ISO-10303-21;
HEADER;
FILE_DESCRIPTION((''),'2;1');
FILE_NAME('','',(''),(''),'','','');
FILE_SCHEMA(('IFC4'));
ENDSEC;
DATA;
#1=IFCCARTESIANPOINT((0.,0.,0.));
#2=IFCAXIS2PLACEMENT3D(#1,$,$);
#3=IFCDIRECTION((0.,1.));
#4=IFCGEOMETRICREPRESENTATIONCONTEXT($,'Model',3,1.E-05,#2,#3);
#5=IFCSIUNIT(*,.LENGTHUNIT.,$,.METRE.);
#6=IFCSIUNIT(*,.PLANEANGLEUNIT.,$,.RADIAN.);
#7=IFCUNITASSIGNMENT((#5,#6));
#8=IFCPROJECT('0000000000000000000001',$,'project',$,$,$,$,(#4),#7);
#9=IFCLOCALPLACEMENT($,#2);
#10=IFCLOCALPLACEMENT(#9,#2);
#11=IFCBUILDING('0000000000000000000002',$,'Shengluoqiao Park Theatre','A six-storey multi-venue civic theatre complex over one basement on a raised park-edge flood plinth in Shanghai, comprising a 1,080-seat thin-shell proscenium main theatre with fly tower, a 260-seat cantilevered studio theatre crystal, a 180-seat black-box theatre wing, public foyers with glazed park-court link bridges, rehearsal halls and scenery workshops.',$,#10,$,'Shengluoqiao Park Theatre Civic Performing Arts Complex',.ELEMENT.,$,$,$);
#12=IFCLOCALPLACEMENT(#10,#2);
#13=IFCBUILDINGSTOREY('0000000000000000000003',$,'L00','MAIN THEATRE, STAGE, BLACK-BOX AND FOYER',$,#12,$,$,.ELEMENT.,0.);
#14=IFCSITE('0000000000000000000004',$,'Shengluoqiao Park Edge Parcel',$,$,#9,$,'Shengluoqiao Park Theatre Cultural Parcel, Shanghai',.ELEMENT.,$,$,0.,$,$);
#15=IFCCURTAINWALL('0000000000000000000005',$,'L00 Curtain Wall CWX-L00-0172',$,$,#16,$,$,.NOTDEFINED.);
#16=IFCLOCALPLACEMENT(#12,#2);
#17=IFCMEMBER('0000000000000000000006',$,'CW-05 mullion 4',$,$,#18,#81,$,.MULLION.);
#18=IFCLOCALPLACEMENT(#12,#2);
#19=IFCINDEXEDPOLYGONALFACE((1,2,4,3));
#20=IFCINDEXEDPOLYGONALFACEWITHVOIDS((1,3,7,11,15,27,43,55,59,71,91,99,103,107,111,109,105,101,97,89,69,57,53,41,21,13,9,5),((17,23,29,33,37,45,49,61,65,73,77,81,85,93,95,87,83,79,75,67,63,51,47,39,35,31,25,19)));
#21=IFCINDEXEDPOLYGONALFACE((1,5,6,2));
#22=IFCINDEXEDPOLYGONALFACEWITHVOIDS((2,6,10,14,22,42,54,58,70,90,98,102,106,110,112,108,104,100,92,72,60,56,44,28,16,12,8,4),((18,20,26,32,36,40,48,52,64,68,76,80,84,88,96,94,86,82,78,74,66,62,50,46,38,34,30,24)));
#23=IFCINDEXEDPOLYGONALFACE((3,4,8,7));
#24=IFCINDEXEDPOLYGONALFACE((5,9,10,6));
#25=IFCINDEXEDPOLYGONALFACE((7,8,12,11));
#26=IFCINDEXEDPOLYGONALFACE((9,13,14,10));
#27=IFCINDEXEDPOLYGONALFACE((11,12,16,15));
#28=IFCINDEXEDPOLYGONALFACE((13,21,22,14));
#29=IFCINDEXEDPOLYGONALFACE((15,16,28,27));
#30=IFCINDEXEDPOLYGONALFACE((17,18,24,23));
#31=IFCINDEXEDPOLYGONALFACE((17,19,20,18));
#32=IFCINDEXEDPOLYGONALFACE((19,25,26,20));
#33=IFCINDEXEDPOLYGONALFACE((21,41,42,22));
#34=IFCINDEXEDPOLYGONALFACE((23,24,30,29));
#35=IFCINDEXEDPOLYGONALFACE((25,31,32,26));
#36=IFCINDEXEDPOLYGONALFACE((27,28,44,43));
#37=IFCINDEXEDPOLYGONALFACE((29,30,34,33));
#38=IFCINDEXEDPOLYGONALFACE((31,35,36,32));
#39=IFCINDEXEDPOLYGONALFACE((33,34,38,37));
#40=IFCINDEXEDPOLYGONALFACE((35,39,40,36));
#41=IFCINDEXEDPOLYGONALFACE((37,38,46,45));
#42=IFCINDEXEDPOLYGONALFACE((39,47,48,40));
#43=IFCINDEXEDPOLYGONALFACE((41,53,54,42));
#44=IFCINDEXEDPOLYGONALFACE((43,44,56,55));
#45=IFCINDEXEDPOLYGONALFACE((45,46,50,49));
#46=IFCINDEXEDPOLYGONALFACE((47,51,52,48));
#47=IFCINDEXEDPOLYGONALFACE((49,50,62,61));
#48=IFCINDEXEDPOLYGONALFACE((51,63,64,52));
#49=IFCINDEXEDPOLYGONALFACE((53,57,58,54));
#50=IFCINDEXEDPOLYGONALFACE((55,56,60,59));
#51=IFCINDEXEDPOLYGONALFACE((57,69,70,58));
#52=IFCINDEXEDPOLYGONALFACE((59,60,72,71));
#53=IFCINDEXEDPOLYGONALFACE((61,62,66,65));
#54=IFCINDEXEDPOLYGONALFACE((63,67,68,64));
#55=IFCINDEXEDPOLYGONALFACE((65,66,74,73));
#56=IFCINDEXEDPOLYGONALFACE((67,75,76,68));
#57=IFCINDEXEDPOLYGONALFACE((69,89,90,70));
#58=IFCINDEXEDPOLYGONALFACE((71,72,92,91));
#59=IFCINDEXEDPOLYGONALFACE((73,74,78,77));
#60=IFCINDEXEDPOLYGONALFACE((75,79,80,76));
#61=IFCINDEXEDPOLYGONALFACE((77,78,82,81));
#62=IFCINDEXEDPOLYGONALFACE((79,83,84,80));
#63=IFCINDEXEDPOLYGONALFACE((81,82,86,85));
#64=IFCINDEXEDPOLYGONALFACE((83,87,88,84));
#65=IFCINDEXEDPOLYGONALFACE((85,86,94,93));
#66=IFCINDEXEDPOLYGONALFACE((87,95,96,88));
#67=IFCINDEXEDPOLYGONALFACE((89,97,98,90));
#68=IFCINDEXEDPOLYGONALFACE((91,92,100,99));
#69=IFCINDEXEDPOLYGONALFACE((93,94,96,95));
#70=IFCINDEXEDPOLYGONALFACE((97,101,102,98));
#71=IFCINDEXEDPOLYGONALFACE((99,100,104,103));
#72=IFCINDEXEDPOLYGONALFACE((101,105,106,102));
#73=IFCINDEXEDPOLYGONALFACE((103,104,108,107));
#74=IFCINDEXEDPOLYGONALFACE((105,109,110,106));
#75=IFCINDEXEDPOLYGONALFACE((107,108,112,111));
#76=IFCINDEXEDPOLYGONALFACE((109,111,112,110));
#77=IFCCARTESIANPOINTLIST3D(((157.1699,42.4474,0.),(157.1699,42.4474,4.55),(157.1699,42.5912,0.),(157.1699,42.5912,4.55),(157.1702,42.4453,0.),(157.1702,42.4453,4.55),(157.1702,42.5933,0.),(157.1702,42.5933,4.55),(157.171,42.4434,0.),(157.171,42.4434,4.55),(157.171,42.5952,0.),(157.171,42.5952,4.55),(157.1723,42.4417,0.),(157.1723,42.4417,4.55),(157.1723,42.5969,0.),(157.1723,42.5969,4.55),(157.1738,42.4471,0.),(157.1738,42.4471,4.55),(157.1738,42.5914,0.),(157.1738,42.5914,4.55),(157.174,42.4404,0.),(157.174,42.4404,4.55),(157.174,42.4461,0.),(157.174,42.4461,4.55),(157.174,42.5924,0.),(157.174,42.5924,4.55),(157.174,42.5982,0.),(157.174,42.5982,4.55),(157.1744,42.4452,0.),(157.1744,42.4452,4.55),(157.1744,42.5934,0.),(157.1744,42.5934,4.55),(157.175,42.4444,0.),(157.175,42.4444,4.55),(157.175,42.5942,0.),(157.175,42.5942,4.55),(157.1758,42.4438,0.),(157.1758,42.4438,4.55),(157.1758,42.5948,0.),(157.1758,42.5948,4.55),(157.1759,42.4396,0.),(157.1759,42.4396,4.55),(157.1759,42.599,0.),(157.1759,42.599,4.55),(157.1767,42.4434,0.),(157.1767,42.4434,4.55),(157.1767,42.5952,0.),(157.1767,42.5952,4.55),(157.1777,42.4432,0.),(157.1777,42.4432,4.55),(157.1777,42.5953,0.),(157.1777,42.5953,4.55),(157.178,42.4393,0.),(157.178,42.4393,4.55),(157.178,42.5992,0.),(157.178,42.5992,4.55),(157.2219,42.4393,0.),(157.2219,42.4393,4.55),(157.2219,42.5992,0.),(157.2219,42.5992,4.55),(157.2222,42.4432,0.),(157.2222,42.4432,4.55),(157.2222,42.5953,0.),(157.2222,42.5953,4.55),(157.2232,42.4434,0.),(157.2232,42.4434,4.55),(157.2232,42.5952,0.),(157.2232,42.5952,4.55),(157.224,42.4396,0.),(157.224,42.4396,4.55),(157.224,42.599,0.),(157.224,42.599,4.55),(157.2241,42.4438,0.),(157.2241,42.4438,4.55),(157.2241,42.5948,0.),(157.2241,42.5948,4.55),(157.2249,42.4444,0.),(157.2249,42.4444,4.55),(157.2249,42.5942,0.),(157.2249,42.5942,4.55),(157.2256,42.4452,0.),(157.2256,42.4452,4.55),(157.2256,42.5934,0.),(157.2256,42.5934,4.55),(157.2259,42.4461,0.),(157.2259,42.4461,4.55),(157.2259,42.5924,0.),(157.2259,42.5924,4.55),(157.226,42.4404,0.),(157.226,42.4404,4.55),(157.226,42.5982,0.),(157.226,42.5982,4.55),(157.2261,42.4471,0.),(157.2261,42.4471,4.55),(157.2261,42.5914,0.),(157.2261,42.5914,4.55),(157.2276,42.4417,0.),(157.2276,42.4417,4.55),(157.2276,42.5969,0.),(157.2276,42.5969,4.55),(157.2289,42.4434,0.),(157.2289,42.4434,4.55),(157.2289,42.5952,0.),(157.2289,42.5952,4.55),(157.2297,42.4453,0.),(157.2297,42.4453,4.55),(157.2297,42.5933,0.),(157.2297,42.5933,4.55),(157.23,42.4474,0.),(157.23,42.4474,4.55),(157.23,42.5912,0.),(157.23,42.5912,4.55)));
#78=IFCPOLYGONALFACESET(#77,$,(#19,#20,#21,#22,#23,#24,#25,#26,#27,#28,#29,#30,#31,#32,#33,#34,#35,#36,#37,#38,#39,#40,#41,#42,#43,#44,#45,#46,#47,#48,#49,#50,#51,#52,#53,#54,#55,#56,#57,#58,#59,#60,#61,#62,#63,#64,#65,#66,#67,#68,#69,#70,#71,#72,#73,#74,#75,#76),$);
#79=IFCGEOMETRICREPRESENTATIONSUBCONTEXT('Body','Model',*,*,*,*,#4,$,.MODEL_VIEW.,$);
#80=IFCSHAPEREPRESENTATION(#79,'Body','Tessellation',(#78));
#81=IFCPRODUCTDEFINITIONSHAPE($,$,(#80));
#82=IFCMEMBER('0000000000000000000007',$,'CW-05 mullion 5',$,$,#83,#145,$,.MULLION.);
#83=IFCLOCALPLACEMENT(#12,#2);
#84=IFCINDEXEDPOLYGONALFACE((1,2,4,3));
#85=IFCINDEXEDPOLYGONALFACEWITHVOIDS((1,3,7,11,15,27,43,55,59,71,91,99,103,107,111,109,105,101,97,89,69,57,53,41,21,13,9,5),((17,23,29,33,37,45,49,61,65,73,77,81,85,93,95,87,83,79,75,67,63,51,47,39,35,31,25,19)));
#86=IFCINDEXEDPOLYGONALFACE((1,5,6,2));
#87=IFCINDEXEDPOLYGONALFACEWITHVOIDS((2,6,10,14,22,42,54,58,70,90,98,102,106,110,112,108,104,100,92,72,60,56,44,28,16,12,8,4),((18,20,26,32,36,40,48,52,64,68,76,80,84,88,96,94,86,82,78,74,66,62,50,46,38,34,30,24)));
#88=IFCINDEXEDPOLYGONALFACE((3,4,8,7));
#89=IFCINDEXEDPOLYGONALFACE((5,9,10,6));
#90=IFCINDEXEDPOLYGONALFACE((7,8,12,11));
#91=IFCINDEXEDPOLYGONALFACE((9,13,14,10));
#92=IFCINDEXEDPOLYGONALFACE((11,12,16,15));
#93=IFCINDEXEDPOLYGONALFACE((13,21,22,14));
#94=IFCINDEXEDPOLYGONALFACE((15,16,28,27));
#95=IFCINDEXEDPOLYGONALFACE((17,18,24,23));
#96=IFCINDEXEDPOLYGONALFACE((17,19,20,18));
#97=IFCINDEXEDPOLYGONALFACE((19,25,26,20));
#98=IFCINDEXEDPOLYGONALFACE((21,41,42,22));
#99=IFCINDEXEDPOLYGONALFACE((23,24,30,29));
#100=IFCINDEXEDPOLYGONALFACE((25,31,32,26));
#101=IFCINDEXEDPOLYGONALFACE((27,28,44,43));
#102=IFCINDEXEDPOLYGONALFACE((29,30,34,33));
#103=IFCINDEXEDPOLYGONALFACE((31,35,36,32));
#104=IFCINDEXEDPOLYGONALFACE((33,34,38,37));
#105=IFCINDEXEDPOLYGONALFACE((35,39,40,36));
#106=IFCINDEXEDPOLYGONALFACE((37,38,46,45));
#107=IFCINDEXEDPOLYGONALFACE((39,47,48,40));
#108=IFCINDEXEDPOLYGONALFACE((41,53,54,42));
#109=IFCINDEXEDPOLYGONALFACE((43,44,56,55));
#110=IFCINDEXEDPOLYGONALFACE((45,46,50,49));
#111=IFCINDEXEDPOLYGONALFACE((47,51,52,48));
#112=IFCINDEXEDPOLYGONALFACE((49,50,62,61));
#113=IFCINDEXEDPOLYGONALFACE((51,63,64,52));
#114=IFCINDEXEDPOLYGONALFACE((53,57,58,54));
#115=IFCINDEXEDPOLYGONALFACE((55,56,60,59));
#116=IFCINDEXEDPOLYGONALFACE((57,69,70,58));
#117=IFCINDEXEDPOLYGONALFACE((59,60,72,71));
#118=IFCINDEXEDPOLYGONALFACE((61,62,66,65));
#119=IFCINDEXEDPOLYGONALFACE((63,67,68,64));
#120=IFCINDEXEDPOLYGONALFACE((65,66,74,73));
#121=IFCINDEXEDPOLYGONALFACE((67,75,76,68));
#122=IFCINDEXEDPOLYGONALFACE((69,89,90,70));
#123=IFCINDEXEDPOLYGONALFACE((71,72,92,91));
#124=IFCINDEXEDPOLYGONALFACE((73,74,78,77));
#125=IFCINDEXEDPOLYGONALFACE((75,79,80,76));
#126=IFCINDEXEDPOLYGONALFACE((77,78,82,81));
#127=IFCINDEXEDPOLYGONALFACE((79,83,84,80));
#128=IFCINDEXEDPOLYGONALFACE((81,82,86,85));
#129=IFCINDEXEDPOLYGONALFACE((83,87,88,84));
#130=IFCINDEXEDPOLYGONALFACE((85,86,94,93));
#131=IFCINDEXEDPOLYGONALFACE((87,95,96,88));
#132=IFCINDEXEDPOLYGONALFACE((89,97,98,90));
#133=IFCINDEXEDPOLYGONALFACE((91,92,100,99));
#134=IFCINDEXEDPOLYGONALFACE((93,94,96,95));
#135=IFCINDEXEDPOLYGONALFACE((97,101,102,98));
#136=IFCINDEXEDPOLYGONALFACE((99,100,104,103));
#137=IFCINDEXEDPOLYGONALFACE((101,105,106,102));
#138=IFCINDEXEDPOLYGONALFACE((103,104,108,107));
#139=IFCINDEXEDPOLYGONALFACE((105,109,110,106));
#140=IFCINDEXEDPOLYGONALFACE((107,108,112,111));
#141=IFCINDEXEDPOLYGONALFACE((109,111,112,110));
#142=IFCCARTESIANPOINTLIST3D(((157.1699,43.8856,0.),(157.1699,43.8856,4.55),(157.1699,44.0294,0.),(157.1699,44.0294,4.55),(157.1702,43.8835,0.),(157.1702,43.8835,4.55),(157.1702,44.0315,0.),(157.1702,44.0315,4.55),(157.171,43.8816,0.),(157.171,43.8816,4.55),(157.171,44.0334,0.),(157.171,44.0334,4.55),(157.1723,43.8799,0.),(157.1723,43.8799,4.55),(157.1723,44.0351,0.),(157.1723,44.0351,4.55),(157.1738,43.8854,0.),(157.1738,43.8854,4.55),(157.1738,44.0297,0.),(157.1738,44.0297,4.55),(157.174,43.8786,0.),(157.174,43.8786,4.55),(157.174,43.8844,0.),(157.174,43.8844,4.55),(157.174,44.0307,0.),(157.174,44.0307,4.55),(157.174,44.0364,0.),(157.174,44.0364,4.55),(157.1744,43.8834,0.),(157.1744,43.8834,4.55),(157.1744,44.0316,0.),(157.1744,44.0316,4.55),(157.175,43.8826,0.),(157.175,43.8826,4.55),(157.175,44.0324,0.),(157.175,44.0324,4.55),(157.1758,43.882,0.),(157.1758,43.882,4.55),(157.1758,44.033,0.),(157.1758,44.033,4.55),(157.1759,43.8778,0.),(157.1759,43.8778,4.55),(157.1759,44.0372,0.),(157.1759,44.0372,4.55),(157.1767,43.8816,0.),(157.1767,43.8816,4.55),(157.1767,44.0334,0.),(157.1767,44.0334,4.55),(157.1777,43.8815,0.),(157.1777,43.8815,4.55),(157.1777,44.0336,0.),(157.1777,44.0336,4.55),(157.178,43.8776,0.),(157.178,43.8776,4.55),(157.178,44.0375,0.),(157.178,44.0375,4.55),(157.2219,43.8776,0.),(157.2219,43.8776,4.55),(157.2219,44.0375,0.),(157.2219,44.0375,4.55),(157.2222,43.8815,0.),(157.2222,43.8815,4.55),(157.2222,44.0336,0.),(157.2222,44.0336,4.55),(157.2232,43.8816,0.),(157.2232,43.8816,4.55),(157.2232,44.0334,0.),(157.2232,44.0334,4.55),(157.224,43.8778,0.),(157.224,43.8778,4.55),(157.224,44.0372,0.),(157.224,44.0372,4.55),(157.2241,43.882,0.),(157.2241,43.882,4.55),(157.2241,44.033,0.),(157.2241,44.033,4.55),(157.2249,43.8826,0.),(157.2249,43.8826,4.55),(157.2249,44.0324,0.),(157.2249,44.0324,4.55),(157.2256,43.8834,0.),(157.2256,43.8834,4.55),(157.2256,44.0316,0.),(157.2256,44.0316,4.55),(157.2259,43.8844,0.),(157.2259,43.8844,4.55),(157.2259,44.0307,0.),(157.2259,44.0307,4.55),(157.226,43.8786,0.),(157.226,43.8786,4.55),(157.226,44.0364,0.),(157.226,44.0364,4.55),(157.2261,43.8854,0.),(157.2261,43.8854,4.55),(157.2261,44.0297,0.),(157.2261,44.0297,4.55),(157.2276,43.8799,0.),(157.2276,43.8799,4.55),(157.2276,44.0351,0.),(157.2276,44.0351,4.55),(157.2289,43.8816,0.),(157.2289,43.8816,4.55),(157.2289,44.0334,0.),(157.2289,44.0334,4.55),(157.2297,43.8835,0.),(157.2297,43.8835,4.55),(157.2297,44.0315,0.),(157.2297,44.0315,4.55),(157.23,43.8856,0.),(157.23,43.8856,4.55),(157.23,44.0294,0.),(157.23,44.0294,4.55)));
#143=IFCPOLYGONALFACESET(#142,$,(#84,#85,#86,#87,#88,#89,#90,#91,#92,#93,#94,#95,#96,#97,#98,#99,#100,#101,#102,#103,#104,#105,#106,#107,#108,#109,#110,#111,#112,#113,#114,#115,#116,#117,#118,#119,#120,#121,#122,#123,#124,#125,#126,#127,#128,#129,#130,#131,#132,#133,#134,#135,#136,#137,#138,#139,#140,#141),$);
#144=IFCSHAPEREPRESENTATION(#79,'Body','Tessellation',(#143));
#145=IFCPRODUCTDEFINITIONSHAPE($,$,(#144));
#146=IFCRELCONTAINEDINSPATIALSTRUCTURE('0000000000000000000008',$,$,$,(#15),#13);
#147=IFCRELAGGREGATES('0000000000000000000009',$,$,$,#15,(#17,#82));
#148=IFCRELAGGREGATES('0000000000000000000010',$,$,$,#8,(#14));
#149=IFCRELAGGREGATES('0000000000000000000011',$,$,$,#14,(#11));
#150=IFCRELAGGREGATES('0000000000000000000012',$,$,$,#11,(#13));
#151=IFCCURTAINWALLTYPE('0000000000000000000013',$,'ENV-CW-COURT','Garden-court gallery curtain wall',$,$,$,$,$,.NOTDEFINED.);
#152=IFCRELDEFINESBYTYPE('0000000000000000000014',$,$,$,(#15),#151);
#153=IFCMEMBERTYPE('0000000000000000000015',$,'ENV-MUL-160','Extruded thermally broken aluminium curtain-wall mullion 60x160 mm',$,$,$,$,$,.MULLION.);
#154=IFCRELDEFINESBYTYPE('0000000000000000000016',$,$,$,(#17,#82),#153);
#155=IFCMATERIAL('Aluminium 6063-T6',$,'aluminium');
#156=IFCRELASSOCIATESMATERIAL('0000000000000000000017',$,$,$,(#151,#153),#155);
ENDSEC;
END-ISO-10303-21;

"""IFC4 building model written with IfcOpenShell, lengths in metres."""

from ifc_helpers import new_model, si_unit, direction, frame, origin, origin_2d, place, context, subcontext, project, spatial, hollow_rectangle, extrude, material, material_profile, profile_set, type_object, element, aggregate, save


model = new_model("IFC4")

# Units and contexts
model_context = context("Model", 3, precision=1e-05, world=origin(), true_north=direction((0.0, 1.0)))
body_context = subcontext(model_context, "Body", "Model", "MODEL_VIEW")
ifc_project = project(units=[si_unit("LENGTHUNIT", "METRE"), si_unit("PLANEANGLEUNIT", "RADIAN")], contexts=[model_context])

# Site, building, storey
site_placement = place(None, origin())
site = spatial("IfcSite", under=ifc_project, at=site_placement, Name="Shengluoqiao Park Edge Parcel", LongName="Shengluoqiao Park Theatre Cultural Parcel, Shanghai", CompositionType="ELEMENT", RefElevation=0.0)
building_placement = place(site_placement, origin())
building = spatial("IfcBuilding", under=site, at=building_placement, Name="Shengluoqiao Park Theatre", Description="A six-storey multi-venue civic theatre complex over one basement on a raised park-edge flood plinth in Shanghai, comprising a 1,080-seat thin-shell proscenium main theatre with fly tower, a 260-seat cantilevered studio theatre crystal, a 180-seat black-box theatre wing, public foyers with glazed park-court link bridges, rehearsal halls and scenery workshops.", LongName="Shengluoqiao Park Theatre Civic Performing Arts Complex", CompositionType="ELEMENT")
storey_placement = place(building_placement, origin())
storey = spatial("IfcBuildingStorey", under=building, at=storey_placement, Name="L00", Description="MAIN THEATRE, STAGE, BLACK-BOX AND FOYER", CompositionType="ELEMENT", Elevation=0.0)

# Curtain wall, members
ifc_material_1 = material(Name="Aluminium 6063-T6", Category="aluminium")
curtain_wall_type = type_object("IfcCurtainWallType", Name="ENV-CW-COURT", Description="Garden-court gallery curtain wall", PredefinedType="NOTDEFINED", material=ifc_material_1)
curtain_wall_1_placement = place(storey_placement, origin())
curtain_wall_1 = element("IfcCurtainWall", 1, at=curtain_wall_1_placement, inside=storey, type_object=curtain_wall_type, Name="L00 Curtain Wall CWX-L00-0172", PredefinedType="NOTDEFINED")
ifc_material_profile_1 = material_profile(ifc_material_1, hollow_rectangle(XDim=0.0601, YDim=0.1599, WallThickness=0.0039, InnerFilletRadius=0.0039, OuterFilletRadius=0.0081, at=origin_2d()), Name="ALU MULLION 160x60x4")
ifc_profile_set_1 = profile_set([ifc_material_profile_1], Name="Aluminium 6063-T6")
member_type_1 = type_object("IfcMemberType", Name="ENV-MUL-160", Description="Extruded thermally broken aluminium curtain-wall mullion 60x160 mm", PredefinedType="MULLION", material=ifc_profile_set_1)
member_1_placement = place(storey_placement, frame((157.2, 42.5193, 0.0), z_axis=(0.0, 0.0, 1.0), x_axis=(-1.0, 0.0, 0.0)))
member_1 = element("IfcMember", 2, at=member_1_placement, type_object=member_type_1, Name="CW-05 mullion 4", PredefinedType="MULLION", context=body_context, shape_type="SweptSolid", body=[
    extrude(hollow_rectangle(XDim=0.0601, YDim=0.1599, WallThickness=0.0039, InnerFilletRadius=0.0039, OuterFilletRadius=0.0081, at=origin_2d()), origin(), (0.0, 0.0, 1.0), 4.55),
])
member_2_placement = place(storey_placement, frame((157.2, 43.9575, 0.0), z_axis=(0.0, 0.0, 1.0), x_axis=(-1.0, 0.0, 0.0)))
member_2 = element("IfcMember", 3, at=member_2_placement, type_object=member_type_1, Name="CW-05 mullion 5", PredefinedType="MULLION", context=body_context, shape_type="SweptSolid", body=[
    extrude(hollow_rectangle(XDim=0.0601, YDim=0.1599, WallThickness=0.0039, InnerFilletRadius=0.0039, OuterFilletRadius=0.0081, at=origin_2d()), origin(), (0.0, 0.0, 1.0), 4.55),
])

aggregate(curtain_wall_1, [member_1, member_2])

save(model, "model.ifc")
